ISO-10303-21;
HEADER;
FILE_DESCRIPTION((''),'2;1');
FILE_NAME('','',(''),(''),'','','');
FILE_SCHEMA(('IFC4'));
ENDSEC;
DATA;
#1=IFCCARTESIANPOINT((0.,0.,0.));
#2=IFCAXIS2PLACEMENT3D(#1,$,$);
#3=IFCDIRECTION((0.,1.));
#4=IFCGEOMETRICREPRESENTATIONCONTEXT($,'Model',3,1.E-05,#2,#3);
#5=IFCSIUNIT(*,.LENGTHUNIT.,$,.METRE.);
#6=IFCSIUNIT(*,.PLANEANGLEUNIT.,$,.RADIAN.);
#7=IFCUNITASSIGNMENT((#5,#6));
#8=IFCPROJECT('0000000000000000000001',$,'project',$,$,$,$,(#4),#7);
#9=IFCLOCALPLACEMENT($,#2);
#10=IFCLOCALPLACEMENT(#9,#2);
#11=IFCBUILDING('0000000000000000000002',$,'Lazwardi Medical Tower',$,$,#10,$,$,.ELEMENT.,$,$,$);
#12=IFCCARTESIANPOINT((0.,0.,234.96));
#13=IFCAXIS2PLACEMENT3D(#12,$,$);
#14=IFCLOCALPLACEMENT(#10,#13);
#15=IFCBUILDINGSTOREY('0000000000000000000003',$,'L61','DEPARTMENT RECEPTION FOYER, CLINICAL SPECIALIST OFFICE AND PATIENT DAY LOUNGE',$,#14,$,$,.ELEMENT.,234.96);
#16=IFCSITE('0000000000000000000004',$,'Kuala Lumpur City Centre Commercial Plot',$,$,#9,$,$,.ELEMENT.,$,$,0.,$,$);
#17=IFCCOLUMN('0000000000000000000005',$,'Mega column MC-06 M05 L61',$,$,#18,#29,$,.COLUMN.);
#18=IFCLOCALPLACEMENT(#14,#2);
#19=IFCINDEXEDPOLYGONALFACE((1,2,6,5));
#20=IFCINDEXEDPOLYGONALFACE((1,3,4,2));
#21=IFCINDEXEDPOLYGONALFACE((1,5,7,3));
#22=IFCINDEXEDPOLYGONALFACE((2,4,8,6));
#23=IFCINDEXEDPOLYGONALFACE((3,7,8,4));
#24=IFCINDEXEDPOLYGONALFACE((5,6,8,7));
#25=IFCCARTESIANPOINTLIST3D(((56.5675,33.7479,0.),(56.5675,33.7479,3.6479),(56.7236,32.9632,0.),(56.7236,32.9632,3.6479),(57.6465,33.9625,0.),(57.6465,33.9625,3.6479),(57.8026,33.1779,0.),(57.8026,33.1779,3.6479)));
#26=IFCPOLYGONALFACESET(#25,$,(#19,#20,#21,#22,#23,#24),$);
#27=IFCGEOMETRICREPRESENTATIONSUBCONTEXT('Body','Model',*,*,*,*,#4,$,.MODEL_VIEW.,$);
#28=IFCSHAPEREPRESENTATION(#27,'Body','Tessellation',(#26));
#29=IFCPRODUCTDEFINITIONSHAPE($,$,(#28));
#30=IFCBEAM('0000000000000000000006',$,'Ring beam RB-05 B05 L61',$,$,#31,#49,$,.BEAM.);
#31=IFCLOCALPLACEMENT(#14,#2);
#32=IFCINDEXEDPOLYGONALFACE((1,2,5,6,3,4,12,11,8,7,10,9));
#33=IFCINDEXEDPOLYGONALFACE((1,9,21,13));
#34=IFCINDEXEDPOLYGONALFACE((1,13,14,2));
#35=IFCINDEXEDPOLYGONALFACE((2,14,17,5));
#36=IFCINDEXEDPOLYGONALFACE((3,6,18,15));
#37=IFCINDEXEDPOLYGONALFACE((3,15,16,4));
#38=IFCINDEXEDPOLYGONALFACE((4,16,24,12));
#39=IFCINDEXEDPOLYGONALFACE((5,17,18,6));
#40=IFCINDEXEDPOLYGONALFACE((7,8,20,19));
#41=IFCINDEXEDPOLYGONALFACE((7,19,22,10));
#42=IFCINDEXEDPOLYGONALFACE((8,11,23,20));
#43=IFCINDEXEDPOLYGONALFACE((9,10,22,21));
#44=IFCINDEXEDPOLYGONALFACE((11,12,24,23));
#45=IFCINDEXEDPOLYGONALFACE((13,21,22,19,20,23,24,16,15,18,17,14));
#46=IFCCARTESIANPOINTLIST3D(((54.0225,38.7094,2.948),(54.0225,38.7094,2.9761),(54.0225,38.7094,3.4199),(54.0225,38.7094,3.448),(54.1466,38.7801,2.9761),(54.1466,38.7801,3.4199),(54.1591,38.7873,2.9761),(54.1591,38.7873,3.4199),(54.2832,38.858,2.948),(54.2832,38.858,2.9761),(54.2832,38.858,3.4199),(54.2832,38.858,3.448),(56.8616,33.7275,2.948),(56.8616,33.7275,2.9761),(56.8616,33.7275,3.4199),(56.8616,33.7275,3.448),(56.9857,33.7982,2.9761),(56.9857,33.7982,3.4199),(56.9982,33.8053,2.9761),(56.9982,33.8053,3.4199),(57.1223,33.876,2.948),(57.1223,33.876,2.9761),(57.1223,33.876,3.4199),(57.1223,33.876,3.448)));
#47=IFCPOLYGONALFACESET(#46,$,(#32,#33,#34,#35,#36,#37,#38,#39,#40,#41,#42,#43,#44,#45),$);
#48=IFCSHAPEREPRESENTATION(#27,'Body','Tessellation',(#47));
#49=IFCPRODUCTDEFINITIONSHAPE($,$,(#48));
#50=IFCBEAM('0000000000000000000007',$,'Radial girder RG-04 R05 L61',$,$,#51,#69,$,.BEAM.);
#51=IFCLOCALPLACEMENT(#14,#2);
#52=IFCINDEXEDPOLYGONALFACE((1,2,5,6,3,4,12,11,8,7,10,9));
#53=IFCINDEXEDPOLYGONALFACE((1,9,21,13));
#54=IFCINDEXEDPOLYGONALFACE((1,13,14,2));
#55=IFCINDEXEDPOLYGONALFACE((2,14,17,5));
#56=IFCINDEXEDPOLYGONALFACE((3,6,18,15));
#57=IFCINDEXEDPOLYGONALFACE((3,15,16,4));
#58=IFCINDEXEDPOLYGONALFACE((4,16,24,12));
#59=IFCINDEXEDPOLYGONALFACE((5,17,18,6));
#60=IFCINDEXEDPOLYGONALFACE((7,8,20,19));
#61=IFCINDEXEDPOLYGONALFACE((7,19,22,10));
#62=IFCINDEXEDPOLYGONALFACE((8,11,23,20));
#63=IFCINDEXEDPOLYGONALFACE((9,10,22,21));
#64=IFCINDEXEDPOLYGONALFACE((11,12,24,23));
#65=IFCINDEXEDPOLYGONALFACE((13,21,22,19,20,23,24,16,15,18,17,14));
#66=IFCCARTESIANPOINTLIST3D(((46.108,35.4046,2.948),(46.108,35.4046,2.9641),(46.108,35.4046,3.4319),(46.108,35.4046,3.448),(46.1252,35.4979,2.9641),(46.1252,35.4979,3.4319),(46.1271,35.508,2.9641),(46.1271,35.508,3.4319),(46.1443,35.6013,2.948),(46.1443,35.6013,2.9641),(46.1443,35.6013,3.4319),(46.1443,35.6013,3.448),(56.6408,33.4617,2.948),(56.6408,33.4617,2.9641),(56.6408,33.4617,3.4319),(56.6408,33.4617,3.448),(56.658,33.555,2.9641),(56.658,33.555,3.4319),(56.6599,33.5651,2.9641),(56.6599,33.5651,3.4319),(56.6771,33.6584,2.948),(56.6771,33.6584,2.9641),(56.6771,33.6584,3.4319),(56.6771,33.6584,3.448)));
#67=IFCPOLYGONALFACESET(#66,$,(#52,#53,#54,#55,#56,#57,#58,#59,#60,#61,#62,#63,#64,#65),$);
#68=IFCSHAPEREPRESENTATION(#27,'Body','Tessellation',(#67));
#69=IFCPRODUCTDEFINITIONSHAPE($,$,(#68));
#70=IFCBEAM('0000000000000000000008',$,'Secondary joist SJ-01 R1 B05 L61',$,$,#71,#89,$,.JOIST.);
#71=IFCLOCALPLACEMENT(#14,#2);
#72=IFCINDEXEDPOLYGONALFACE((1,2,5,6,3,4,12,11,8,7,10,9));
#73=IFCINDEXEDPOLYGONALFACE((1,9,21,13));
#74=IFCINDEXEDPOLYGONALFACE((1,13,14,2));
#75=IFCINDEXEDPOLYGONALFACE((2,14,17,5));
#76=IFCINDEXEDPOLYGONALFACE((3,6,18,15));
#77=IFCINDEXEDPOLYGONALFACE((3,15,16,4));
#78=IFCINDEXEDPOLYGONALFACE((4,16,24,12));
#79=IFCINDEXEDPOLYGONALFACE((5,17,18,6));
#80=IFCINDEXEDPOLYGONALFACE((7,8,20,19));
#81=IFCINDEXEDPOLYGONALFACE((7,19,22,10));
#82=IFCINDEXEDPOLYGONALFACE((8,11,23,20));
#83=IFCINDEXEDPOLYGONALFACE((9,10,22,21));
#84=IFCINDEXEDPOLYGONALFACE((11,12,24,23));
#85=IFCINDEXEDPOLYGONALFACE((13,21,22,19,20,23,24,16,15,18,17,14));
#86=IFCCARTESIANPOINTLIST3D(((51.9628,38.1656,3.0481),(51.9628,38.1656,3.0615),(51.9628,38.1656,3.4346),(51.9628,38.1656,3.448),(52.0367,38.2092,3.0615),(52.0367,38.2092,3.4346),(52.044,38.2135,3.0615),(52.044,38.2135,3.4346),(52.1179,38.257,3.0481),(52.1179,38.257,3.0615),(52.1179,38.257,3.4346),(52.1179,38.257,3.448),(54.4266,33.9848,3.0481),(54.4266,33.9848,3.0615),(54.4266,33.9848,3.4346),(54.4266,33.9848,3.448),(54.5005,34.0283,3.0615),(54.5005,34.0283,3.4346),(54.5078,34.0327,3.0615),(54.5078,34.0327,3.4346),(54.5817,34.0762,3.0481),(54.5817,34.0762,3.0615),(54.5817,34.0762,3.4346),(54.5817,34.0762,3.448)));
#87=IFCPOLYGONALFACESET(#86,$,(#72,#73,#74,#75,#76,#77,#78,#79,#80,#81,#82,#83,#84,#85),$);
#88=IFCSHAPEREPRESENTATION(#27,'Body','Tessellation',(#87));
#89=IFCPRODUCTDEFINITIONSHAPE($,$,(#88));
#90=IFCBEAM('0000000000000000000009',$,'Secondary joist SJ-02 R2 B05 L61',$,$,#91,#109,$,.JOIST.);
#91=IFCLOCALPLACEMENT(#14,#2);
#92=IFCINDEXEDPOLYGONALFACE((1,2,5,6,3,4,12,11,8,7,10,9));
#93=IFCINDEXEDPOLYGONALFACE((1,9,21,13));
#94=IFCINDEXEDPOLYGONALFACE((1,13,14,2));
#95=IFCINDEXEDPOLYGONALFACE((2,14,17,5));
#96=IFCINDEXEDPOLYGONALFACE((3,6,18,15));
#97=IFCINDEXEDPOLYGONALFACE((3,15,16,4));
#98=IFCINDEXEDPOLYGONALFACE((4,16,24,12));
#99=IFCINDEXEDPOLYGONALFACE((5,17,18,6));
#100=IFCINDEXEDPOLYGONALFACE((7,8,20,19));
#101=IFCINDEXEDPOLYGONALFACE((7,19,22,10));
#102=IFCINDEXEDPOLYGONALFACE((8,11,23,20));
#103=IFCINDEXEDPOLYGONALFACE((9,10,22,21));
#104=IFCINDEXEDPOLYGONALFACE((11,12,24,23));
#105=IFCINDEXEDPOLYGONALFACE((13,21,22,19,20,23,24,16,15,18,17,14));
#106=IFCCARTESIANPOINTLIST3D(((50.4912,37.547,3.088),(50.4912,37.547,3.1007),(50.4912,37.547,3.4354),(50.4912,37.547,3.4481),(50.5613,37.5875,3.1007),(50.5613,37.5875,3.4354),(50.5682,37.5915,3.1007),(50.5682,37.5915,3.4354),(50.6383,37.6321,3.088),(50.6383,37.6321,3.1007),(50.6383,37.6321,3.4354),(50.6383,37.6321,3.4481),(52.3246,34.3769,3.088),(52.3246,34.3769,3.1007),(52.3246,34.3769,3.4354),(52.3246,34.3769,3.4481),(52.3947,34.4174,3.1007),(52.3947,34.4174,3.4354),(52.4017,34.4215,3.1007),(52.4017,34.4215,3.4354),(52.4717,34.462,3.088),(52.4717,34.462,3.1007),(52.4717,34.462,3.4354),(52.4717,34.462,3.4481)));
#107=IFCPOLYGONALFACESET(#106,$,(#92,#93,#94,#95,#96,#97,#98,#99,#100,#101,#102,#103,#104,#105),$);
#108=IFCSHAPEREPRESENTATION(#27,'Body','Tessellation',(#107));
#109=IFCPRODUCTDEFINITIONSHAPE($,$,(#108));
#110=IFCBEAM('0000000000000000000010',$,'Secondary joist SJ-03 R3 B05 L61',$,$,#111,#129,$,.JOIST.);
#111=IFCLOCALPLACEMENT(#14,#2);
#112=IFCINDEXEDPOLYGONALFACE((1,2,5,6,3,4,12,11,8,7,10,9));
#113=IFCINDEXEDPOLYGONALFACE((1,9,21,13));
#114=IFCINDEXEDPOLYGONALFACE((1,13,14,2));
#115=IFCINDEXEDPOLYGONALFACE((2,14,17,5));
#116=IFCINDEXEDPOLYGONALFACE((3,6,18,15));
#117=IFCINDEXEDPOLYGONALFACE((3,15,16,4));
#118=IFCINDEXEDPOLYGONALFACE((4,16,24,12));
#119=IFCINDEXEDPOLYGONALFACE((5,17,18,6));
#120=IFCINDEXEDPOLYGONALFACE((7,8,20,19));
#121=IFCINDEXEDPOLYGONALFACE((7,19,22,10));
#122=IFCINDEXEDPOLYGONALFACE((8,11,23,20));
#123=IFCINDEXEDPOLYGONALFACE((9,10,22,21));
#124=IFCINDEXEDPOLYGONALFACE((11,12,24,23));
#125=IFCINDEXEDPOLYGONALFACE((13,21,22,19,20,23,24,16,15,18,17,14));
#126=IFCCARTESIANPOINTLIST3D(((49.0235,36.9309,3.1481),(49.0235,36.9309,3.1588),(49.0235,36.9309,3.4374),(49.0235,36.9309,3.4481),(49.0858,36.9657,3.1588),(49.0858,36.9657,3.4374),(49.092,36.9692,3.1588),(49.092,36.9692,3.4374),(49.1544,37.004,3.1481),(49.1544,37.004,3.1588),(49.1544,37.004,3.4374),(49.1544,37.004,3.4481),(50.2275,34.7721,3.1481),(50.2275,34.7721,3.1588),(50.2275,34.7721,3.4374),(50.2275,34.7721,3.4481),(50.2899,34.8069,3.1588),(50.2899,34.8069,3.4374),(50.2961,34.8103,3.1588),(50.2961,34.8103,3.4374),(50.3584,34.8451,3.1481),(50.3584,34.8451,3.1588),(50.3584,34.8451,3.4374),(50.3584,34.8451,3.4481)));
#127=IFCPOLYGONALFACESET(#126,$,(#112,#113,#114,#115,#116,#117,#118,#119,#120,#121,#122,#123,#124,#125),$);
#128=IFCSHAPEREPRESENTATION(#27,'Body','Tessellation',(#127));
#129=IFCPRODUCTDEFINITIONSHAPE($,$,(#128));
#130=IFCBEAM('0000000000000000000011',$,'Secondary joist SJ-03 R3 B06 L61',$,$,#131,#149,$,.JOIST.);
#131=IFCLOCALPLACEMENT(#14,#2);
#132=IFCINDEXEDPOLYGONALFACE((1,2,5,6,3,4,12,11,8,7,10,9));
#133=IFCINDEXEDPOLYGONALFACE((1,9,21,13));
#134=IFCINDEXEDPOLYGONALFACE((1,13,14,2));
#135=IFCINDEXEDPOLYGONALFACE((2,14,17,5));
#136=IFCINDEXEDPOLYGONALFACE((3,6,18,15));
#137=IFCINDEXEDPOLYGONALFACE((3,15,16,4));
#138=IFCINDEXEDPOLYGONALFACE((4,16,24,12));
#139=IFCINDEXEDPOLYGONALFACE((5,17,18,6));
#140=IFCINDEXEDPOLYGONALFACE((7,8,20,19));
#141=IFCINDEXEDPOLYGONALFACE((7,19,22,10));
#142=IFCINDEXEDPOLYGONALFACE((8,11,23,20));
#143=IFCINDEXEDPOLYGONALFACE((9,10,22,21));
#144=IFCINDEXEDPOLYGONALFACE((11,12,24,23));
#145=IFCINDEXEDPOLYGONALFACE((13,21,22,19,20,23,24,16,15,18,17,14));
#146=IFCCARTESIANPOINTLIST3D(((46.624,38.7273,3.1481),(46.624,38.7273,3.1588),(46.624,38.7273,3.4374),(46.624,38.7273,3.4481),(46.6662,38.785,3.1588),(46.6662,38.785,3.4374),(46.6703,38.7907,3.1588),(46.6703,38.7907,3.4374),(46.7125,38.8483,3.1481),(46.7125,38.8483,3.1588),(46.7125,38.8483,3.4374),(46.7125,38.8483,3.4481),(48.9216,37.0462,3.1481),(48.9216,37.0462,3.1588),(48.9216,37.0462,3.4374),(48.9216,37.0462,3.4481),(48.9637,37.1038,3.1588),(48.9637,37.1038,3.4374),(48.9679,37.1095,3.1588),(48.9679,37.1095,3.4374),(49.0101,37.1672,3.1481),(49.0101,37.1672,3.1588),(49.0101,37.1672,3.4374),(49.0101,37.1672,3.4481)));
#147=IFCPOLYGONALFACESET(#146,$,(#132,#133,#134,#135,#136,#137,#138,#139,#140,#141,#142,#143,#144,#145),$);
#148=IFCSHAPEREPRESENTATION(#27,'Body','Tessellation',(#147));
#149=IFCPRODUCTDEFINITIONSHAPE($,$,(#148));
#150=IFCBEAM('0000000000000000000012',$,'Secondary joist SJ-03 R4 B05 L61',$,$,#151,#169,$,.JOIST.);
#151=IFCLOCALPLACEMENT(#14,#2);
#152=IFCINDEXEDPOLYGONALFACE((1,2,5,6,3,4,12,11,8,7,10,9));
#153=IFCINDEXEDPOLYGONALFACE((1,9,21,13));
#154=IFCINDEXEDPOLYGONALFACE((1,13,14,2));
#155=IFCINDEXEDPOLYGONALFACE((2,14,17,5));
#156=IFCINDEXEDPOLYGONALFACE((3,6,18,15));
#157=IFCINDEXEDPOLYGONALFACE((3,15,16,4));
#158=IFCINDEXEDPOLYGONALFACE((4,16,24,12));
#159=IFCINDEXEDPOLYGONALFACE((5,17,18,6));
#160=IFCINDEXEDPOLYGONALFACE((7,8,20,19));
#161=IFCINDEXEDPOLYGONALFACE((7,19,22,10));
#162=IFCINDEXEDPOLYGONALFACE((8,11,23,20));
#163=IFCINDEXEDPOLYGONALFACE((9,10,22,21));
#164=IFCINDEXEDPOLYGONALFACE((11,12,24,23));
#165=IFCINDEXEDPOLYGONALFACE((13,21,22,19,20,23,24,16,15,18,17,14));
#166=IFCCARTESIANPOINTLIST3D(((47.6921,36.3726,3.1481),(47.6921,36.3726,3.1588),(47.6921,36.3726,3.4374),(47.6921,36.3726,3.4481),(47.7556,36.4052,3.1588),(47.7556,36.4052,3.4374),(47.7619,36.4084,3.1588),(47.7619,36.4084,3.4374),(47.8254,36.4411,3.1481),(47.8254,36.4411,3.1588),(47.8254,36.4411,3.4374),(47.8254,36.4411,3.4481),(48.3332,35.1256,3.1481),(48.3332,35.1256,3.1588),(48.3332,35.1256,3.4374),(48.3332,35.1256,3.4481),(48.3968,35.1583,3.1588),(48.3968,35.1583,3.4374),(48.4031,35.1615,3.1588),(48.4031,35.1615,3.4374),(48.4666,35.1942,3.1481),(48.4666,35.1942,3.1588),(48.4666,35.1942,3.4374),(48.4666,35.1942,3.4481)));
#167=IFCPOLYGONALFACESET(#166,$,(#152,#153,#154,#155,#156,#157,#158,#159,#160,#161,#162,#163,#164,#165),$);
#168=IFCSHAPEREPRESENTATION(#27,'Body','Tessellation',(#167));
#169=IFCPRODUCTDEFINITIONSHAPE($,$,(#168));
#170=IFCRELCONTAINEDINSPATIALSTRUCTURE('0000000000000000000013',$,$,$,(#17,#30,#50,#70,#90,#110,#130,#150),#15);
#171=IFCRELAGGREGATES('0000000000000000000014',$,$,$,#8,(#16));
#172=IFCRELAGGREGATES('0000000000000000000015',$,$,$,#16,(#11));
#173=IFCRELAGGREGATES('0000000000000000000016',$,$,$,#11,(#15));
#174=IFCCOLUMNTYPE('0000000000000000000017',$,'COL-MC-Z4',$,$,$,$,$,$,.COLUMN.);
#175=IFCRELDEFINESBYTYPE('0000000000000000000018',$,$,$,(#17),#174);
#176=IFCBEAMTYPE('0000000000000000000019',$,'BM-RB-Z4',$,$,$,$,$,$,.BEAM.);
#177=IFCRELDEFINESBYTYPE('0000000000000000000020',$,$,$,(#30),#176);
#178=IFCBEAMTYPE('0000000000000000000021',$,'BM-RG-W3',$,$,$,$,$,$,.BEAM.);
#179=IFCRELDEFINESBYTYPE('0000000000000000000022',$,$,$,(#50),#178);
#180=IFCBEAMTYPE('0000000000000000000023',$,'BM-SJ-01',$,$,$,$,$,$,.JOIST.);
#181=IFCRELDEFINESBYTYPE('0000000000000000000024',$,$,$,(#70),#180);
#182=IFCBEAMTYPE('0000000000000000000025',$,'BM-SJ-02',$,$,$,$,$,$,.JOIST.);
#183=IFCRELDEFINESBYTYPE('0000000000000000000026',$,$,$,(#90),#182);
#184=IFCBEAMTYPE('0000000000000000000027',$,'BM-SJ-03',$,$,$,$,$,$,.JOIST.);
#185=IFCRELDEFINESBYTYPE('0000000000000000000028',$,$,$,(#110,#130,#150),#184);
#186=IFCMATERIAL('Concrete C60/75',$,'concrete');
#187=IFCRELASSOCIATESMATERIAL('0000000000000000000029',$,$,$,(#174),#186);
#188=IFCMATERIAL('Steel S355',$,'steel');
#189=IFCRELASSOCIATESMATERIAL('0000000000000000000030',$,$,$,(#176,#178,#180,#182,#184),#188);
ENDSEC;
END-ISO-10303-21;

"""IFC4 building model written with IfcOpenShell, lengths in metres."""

from ifc_helpers import new_model, si_unit, direction, frame, origin, origin_2d, place, context, subcontext, project, spatial, rectangle, i_section, extrude, material, material_profile, profile_set, type_object, element, save


model = new_model("IFC4")

# Units and contexts
model_context = context("Model", 3, precision=1e-05, world=origin(), true_north=direction((0.0, 1.0)))
body_context = subcontext(model_context, "Body", "Model", "MODEL_VIEW")
ifc_project = project(units=[si_unit("LENGTHUNIT", "METRE"), si_unit("PLANEANGLEUNIT", "RADIAN")], contexts=[model_context])

# Site, building, storey
site_placement = place(None, origin())
site = spatial("IfcSite", under=ifc_project, at=site_placement, Name="Kuala Lumpur City Centre Commercial Plot", CompositionType="ELEMENT", RefElevation=0.0)
building_placement = place(site_placement, origin())
building = spatial("IfcBuilding", under=site, at=building_placement, Name="Lazwardi Medical Tower", CompositionType="ELEMENT")
storey_placement = place(building_placement, frame((0.0, 0.0, 234.96)))
storey = spatial("IfcBuildingStorey", under=building, at=storey_placement, Name="L61", Description="DEPARTMENT RECEPTION FOYER, CLINICAL SPECIALIST OFFICE AND PATIENT DAY LOUNGE", CompositionType="ELEMENT", Elevation=234.96)

# Column
ifc_material_1 = material(Name="Concrete C60/75", Category="concrete")
ifc_material_profile_1 = material_profile(ifc_material_1, rectangle(XDim=1.1001, YDim=0.8, at=origin_2d()), Name="CFT-RECT 1100x800")
ifc_profile_set_1 = profile_set([ifc_material_profile_1], Name="Concrete C60/75")
column_type = type_object("IfcColumnType", Name="COL-MC-Z4", PredefinedType="COLUMN", material=ifc_profile_set_1)
column_placement = place(storey_placement, frame((57.1851, 33.4629, 0.0), z_axis=(0.0, 0.0, 1.0), x_axis=(0.980785, 0.19509, 0.0)))
element("IfcColumn", 1, at=column_placement, inside=storey, type_object=column_type, Name="Mega column MC-06 M05 L61", PredefinedType="COLUMN", context=body_context, shape_type="SweptSolid", body=[
    extrude(rectangle(XDim=1.1001, YDim=0.8, at=origin_2d()), origin(), (0.0, 0.0, 1.0), 3.6479),
])

# Beams
ifc_material_2 = material(Name="Steel S355", Category="steel")
ifc_material_profile_2 = material_profile(ifc_material_2, i_section(OverallWidth=0.3, OverallDepth=0.5, WebThickness=0.0144, FlangeThickness=0.0281, at=origin_2d()), Name="HEB 500")
ifc_profile_set_2 = profile_set([ifc_material_profile_2], Name="Steel S355")
beam_type_1 = type_object("IfcBeamType", Name="BM-RB-Z4", PredefinedType="BEAM", material=ifc_profile_set_2)
beam_1_placement = place(storey_placement, frame((56.9919, 33.8018, 3.198), z_axis=(-0.495125, 0.868822, 0.0), x_axis=(-0.868822, -0.495125, 0.0)))
element("IfcBeam", 2, at=beam_1_placement, inside=storey, type_object=beam_type_1, Name="Ring beam RB-05 B05 L61", PredefinedType="BEAM", context=body_context, shape_type="SweptSolid", body=[
    extrude(i_section(OverallWidth=0.3, OverallDepth=0.5, WebThickness=0.0144, FlangeThickness=0.0281, at=origin_2d()), origin(), (0.0, 0.0, 1.0), 5.7341),
])
ifc_material_profile_3 = material_profile(ifc_material_2, i_section(OverallWidth=0.2, OverallDepth=0.5, WebThickness=0.0103, FlangeThickness=0.0161, at=origin_2d()), Name="IPE 500")
ifc_profile_set_3 = profile_set([ifc_material_profile_3], Name="Steel S355")
beam_type_2 = type_object("IfcBeamType", Name="BM-RG-W3", PredefinedType="BEAM", material=ifc_profile_set_3)
beam_2_placement = place(storey_placement, frame((56.6589, 33.5601, 3.198), z_axis=(-0.983409, 0.1814, 0.0), x_axis=(-0.1814, -0.983409, 0.0)))
element("IfcBeam", 3, at=beam_2_placement, inside=storey, type_object=beam_type_2, Name="Radial girder RG-04 R05 L61", PredefinedType="BEAM", context=body_context, shape_type="SweptSolid", body=[
    extrude(i_section(OverallWidth=0.2, OverallDepth=0.5, WebThickness=0.0103, FlangeThickness=0.0161, at=origin_2d()), origin(), (0.0, 0.0, 1.0), 10.7104),
])
ifc_material_profile_4 = material_profile(ifc_material_2, i_section(OverallWidth=0.1799, OverallDepth=0.3999, WebThickness=0.0085, FlangeThickness=0.0134, at=origin_2d()), Name="IPE 400")
ifc_profile_set_4 = profile_set([ifc_material_profile_4], Name="Steel S355")
beam_type_3 = type_object("IfcBeamType", Name="BM-SJ-01", PredefinedType="JOIST", material=ifc_profile_set_4)
beam_3_placement = place(storey_placement, frame((54.5042, 34.0305, 3.248), z_axis=(-0.50771, 0.861528, 0.0), x_axis=(-0.861528, -0.50771, 0.0)))
element("IfcBeam", 4, at=beam_3_placement, inside=storey, type_object=beam_type_3, Name="Secondary joist SJ-01 R1 B05 L61", PredefinedType="JOIST", context=body_context, shape_type="SweptSolid", body=[
    extrude(i_section(OverallWidth=0.1799, OverallDepth=0.3999, WebThickness=0.0085, FlangeThickness=0.0134, at=origin_2d()), origin(), (0.0, 0.0, 1.0), 4.8528),
])
ifc_material_profile_5 = material_profile(ifc_material_2, i_section(OverallWidth=0.1699, OverallDepth=0.3601, WebThickness=0.0081, FlangeThickness=0.0127, at=origin_2d()), Name="IPE 360")
ifc_profile_set_5 = profile_set([ifc_material_profile_5], Name="Steel S355")
beam_type_4 = type_object("IfcBeamType", Name="BM-SJ-02", PredefinedType="JOIST", material=ifc_profile_set_5)
beam_4_placement = place(storey_placement, frame((52.3982, 34.4194, 3.2681), z_axis=(-0.500655, 0.865647, 0.0), x_axis=(-0.865647, -0.500655, 0.0)))
element("IfcBeam", 5, at=beam_4_placement, inside=storey, type_object=beam_type_4, Name="Secondary joist SJ-02 R2 B05 L61", PredefinedType="JOIST", context=body_context, shape_type="SweptSolid", body=[
    extrude(i_section(OverallWidth=0.1699, OverallDepth=0.3601, WebThickness=0.0081, FlangeThickness=0.0127, at=origin_2d()), origin(), (0.0, 0.0, 1.0), 3.6621),
])
ifc_material_profile_6 = material_profile(ifc_material_2, i_section(OverallWidth=0.1499, OverallDepth=0.3, WebThickness=0.0071, FlangeThickness=0.0107, at=origin_2d()), Name="IPE 300")
ifc_profile_set_6 = profile_set([ifc_material_profile_6], Name="Steel S355")
beam_type_5 = type_object("IfcBeamType", Name="BM-SJ-03", PredefinedType="JOIST", material=ifc_profile_set_6)
beam_5_placement = place(storey_placement, frame((50.293, 34.8086, 3.2981), z_axis=(-0.487093, 0.87335, 0.0), x_axis=(-0.87335, -0.487093, 0.0)))
element("IfcBeam", 6, at=beam_5_placement, inside=storey, type_object=beam_type_5, Name="Secondary joist SJ-03 R3 B05 L61", PredefinedType="JOIST", context=body_context, shape_type="SweptSolid", body=[
    extrude(i_section(OverallWidth=0.1499, OverallDepth=0.3, WebThickness=0.0071, FlangeThickness=0.0107, at=origin_2d()), origin(), (0.0, 0.0, 1.0), 2.4719),
])
beam_6_placement = place(storey_placement, frame((48.9658, 37.1067, 3.2981), z_axis=(-0.807034, 0.590505, 0.0), x_axis=(-0.590505, -0.807034, 0.0)))
element("IfcBeam", 7, at=beam_6_placement, inside=storey, type_object=beam_type_5, Name="Secondary joist SJ-03 R3 B06 L61", PredefinedType="JOIST", context=body_context, shape_type="SweptSolid", body=[
    extrude(i_section(OverallWidth=0.1499, OverallDepth=0.3, WebThickness=0.0071, FlangeThickness=0.0107, at=origin_2d()), origin(), (0.0, 0.0, 1.0), 2.8469),
])
beam_7_placement = place(storey_placement, frame((48.3999, 35.1599, 3.2981), z_axis=(-0.457285, 0.88932, 0.0), x_axis=(-0.88932, -0.457285, 0.0)))
element("IfcBeam", 8, at=beam_7_placement, inside=storey, type_object=beam_type_5, Name="Secondary joist SJ-03 R4 B05 L61", PredefinedType="JOIST", context=body_context, shape_type="SweptSolid", body=[
    extrude(i_section(OverallWidth=0.1499, OverallDepth=0.3, WebThickness=0.0071, FlangeThickness=0.0107, at=origin_2d()), origin(), (0.0, 0.0, 1.0), 1.4021),
])

save(model, "model.ifc")
